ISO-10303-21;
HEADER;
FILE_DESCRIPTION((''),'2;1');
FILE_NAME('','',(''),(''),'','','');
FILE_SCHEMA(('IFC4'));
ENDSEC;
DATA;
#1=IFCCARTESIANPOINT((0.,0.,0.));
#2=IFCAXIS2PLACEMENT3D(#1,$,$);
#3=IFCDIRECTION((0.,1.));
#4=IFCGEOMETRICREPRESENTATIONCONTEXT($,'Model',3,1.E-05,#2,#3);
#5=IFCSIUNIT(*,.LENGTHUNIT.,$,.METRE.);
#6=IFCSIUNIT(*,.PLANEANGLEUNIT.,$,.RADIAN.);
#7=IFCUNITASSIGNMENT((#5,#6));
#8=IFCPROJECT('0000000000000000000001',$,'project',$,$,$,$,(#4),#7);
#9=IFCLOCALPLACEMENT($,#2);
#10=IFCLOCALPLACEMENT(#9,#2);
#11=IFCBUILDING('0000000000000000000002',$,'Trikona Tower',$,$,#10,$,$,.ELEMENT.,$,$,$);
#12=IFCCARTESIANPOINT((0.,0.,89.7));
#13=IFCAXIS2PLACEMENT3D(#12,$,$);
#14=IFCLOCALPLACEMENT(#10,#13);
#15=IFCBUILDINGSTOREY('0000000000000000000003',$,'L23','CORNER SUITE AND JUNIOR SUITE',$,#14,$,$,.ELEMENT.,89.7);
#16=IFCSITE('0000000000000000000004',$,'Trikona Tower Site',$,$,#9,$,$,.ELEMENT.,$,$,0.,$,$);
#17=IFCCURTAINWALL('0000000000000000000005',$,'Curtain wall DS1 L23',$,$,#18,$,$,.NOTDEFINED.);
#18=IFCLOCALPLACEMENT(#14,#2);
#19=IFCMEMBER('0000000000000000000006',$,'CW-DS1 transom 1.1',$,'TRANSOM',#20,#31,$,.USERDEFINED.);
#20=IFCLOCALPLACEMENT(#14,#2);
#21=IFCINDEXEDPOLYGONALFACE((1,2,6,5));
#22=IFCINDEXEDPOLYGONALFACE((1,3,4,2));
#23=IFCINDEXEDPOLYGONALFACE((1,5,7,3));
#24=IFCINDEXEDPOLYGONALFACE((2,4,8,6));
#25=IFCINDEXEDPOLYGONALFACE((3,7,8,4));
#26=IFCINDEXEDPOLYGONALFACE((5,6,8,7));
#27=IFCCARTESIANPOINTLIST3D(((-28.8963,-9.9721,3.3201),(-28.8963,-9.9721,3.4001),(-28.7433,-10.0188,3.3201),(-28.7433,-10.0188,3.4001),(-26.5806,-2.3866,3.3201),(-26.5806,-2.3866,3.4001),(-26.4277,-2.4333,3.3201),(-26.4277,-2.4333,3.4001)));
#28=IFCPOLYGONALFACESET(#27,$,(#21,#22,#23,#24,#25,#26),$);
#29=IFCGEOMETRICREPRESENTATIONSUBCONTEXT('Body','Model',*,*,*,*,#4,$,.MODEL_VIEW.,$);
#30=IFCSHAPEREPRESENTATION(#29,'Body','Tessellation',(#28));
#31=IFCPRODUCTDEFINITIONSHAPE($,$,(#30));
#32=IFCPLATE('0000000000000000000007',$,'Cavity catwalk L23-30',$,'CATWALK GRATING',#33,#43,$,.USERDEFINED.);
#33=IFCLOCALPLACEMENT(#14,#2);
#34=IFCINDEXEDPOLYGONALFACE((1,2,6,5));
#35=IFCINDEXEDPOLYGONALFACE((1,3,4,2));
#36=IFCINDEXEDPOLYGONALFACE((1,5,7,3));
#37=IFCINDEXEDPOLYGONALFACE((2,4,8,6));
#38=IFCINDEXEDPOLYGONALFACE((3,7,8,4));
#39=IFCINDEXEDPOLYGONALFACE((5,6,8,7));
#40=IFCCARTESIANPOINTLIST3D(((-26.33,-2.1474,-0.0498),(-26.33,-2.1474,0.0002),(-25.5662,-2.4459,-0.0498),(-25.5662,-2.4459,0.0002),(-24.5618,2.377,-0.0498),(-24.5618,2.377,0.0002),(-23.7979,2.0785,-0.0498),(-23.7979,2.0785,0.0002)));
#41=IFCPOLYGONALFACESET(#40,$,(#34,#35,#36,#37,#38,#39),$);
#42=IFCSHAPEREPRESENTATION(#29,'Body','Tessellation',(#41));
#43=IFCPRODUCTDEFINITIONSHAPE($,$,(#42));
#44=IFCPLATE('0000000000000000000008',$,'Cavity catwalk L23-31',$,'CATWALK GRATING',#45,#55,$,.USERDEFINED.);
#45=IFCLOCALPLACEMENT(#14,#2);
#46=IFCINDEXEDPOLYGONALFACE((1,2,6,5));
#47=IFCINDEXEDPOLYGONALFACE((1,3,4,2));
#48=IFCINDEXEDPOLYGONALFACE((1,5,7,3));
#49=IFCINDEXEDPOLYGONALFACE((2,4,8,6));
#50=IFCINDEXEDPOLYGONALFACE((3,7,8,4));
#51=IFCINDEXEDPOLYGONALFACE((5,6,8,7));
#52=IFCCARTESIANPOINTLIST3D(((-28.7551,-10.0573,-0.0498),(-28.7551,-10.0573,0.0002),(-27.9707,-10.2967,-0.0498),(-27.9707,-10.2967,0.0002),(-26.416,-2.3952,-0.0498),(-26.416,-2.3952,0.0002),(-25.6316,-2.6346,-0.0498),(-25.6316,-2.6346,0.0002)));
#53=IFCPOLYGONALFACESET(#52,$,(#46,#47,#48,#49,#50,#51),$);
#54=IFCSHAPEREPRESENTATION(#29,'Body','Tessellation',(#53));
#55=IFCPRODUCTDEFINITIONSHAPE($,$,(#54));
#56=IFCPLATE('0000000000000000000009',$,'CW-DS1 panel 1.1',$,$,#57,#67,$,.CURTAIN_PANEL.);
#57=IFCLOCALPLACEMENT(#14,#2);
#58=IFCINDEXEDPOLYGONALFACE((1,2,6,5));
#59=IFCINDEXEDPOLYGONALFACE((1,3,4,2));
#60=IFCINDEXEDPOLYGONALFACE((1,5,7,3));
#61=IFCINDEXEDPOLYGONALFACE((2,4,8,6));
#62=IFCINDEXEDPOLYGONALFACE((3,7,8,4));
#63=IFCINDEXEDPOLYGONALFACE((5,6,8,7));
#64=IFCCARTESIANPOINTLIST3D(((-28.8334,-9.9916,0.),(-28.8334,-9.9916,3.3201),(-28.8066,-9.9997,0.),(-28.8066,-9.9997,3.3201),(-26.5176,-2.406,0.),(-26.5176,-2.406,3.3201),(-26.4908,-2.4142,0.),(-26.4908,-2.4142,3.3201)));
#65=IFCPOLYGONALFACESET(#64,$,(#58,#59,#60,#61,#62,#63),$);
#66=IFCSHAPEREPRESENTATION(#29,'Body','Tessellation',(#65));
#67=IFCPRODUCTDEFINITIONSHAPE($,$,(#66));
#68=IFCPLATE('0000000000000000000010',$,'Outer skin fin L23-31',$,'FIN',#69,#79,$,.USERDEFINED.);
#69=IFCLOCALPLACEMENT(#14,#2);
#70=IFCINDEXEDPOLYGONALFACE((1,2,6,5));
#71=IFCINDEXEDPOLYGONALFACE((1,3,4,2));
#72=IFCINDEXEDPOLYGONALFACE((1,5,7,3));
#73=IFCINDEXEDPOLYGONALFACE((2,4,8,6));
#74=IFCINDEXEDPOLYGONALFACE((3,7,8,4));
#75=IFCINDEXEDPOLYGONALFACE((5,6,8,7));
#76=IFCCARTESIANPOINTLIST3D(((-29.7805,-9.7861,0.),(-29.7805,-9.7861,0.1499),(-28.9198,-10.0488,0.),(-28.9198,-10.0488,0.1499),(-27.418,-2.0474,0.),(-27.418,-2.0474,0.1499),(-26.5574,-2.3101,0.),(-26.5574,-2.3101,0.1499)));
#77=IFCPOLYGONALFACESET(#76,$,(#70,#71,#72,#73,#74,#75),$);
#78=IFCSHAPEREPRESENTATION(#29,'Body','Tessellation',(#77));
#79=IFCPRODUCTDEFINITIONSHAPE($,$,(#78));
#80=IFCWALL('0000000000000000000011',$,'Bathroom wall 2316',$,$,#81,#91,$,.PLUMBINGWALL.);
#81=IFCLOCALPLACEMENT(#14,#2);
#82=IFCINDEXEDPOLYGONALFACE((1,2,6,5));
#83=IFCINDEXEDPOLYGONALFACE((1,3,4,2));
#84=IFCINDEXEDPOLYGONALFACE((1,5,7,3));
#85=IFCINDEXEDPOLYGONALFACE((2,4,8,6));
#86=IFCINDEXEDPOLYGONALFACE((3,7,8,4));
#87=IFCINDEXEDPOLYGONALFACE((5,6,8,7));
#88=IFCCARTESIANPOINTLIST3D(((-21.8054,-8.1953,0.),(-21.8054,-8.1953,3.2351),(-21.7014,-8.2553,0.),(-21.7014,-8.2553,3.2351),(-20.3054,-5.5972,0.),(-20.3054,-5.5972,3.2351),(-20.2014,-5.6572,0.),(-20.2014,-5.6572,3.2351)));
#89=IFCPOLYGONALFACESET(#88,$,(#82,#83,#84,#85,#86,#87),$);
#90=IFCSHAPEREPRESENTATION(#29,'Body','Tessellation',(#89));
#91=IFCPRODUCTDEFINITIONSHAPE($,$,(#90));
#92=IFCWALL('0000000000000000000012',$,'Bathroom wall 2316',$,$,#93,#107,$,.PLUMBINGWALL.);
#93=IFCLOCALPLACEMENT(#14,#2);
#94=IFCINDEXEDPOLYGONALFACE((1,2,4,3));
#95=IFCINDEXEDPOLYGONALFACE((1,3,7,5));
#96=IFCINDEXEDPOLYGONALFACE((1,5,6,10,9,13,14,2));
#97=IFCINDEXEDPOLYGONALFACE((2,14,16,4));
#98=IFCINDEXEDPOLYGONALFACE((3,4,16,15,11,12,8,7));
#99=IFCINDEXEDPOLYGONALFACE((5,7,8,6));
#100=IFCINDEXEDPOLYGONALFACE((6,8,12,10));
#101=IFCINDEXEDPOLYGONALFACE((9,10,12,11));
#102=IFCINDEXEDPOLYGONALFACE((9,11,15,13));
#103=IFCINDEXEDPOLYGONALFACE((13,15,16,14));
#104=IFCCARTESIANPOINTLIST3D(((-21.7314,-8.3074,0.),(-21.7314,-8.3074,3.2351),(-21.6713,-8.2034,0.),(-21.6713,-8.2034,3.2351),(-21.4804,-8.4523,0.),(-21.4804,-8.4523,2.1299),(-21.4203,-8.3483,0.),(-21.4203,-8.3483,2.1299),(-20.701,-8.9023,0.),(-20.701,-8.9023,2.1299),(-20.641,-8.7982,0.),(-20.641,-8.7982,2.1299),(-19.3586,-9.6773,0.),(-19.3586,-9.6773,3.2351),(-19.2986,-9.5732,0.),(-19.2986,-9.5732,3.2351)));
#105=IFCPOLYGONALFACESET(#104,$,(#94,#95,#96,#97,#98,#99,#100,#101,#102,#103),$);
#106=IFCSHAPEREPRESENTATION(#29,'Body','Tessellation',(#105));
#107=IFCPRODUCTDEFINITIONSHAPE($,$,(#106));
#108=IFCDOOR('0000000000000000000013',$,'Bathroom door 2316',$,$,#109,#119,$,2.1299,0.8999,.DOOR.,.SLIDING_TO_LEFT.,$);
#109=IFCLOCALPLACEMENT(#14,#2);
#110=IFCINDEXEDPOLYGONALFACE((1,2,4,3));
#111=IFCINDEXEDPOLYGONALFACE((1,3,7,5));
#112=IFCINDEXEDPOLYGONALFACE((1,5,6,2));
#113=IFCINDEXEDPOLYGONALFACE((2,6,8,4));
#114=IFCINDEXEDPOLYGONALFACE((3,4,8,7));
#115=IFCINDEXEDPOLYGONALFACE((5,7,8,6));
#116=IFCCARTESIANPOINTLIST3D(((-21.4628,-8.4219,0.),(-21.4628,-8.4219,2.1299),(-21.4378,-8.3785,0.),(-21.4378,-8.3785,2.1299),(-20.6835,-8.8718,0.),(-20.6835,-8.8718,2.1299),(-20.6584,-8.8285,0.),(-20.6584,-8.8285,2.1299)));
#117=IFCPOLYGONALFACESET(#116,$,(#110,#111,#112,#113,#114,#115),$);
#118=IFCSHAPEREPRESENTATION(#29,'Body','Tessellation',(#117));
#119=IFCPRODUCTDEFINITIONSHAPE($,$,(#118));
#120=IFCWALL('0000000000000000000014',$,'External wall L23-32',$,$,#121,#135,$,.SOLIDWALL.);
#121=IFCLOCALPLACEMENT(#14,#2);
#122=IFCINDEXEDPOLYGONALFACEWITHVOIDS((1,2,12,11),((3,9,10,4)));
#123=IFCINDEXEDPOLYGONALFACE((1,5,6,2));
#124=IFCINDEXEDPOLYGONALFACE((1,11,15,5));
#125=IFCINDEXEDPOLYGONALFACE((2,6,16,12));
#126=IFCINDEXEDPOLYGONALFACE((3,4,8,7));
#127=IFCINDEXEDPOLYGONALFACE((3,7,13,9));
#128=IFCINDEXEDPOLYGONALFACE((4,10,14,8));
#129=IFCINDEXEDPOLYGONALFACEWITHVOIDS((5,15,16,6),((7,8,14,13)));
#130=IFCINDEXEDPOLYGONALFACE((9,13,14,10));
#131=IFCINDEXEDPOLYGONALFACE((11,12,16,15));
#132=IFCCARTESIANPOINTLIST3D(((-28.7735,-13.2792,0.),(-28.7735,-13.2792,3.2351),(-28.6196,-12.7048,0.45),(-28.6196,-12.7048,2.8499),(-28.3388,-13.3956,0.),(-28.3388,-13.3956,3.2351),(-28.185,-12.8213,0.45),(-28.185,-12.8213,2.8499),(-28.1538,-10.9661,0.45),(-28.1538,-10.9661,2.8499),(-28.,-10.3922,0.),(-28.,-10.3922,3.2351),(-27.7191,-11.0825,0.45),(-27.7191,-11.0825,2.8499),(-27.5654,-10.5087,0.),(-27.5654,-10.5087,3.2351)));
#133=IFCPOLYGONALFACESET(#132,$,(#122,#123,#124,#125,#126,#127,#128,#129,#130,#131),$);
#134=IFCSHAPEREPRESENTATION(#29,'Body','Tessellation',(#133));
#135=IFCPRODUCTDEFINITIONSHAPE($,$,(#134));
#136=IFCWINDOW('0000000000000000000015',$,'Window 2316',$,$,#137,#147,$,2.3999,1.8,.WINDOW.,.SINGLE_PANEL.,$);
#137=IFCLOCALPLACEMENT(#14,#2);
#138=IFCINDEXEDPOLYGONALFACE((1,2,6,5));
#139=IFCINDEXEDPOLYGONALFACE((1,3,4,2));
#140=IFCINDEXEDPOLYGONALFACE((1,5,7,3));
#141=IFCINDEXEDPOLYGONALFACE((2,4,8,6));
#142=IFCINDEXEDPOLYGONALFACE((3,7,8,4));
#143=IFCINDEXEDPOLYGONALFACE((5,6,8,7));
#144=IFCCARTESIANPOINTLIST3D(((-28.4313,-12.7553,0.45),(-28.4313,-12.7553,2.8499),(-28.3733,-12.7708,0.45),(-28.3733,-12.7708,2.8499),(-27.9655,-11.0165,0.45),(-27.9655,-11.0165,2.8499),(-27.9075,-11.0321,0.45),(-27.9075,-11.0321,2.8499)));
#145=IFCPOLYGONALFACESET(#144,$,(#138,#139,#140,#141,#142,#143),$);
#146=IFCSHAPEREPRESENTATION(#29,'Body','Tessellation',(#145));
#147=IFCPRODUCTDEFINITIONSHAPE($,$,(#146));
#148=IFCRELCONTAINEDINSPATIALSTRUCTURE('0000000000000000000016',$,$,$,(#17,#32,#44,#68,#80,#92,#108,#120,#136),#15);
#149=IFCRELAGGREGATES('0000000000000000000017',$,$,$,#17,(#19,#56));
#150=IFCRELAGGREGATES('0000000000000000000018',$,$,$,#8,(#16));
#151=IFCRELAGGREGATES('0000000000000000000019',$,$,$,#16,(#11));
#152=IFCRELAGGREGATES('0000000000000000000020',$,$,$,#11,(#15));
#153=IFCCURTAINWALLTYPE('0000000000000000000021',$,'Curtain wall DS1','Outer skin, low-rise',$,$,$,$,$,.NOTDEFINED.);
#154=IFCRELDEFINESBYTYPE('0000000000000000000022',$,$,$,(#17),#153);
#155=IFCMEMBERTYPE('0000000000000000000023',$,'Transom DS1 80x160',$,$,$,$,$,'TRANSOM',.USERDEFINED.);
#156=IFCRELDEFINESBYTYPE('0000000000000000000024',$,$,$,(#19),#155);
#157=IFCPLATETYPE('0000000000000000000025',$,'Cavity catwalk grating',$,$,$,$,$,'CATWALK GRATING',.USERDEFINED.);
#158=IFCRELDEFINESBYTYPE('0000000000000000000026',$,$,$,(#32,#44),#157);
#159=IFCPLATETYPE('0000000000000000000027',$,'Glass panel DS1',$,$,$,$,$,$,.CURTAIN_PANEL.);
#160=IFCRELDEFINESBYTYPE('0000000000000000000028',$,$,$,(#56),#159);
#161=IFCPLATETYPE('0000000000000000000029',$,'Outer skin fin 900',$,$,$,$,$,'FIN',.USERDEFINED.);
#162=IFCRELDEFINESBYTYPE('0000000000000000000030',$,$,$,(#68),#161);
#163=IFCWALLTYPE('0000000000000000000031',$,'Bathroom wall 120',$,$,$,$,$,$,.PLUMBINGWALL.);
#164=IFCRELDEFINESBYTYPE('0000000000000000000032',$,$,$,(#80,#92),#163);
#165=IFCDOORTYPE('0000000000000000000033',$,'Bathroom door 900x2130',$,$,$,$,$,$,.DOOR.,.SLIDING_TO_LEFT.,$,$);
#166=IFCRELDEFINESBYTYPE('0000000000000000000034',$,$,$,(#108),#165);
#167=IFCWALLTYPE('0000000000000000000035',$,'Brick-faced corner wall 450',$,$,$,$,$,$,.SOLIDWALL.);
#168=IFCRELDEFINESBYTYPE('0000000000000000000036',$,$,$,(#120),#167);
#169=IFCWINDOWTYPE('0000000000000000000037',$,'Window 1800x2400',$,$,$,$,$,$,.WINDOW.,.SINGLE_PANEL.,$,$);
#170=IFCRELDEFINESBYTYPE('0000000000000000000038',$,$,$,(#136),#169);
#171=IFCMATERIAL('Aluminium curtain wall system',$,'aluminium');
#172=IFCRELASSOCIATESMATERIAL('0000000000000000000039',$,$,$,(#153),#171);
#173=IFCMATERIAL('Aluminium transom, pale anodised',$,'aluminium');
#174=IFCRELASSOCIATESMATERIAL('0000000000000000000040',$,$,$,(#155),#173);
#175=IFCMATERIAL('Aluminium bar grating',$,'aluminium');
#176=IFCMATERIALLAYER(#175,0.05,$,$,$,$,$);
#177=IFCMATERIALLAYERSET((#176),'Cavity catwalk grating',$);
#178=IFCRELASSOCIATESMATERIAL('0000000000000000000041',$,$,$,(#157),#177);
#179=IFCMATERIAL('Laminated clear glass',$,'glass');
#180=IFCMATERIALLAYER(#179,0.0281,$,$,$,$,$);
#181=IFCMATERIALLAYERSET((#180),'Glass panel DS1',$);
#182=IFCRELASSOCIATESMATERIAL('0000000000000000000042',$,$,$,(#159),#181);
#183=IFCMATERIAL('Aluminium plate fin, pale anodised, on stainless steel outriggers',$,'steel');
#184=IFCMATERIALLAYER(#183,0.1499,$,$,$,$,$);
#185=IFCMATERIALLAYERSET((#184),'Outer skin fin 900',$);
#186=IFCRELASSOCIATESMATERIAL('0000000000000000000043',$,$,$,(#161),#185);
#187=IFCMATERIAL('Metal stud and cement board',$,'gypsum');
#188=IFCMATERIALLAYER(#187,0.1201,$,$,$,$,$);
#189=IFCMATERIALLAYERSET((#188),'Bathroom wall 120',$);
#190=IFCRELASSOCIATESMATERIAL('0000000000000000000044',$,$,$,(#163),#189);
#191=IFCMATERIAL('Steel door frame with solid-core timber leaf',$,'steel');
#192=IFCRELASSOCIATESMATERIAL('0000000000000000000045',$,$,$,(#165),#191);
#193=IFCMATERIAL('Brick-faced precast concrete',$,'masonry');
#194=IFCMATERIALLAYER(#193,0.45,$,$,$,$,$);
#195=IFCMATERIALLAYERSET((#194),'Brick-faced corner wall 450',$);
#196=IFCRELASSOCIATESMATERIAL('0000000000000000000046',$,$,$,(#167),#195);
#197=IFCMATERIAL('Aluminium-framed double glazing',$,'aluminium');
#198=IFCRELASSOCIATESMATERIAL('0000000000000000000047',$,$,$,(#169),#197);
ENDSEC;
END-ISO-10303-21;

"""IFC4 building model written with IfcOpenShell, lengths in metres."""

from ifc_helpers import new_model, si_unit, direction, frame, frame_2d, origin, origin_2d, place, context, subcontext, project, spatial, rectangle, extrude, material, layer, layer_set, material_profile, profile_set, type_object, element, fill, aggregate, save


model = new_model("IFC4")

# Units and contexts
model_context = context("Model", 3, precision=1e-05, world=origin(), true_north=direction((0.0, 1.0)))
body_context = subcontext(model_context, "Body", "Model", "MODEL_VIEW")
ifc_project = project(units=[si_unit("LENGTHUNIT", "METRE"), si_unit("PLANEANGLEUNIT", "RADIAN")], contexts=[model_context])

# Site, building, storey
site_placement = place(None, origin())
site = spatial("IfcSite", under=ifc_project, at=site_placement, Name="Trikona Tower Site", CompositionType="ELEMENT", RefElevation=0.0)
building_placement = place(site_placement, origin())
building = spatial("IfcBuilding", under=site, at=building_placement, Name="Trikona Tower", CompositionType="ELEMENT")
storey_placement = place(building_placement, frame((0.0, 0.0, 89.7)))
storey = spatial("IfcBuildingStorey", under=building, at=storey_placement, Name="L23", Description="CORNER SUITE AND JUNIOR SUITE", CompositionType="ELEMENT", Elevation=89.7)

# Shared definitions
ifc_material_1 = material(Name="Aluminium curtain wall system", Category="aluminium")
curtain_wall_type = type_object("IfcCurtainWallType", Name="Curtain wall DS1", Description="Outer skin, low-rise", PredefinedType="NOTDEFINED", material=ifc_material_1)

# Curtain wall
curtain_wall_1_placement = place(storey_placement, origin())
curtain_wall_1 = element("IfcCurtainWall", 1, at=curtain_wall_1_placement, inside=storey, type_object=curtain_wall_type, Name="Curtain wall DS1 L23", PredefinedType="NOTDEFINED")

# Member
ifc_material_2 = material(Name="Aluminium transom, pale anodised", Category="aluminium")
ifc_material_profile_1 = material_profile(ifc_material_2, rectangle(XDim=0.1599, YDim=0.0801, at=origin_2d()), Name="TRN-DS1")
ifc_profile_set_1 = profile_set([ifc_material_profile_1], Name="Aluminium transom, pale anodised")
member_type_1 = type_object("IfcMemberType", Name="Transom DS1 80x160", ElementType="TRANSOM", PredefinedType="USERDEFINED", material=ifc_profile_set_1)
member_1_placement = place(storey_placement, frame((-26.5042, -2.4099, 3.3601), z_axis=(-0.291967, -0.956428, 0.0), x_axis=(0.956428, -0.291967, 0.0)))
member_1 = element("IfcMember", 2, at=member_1_placement, type_object=member_type_1, Name="CW-DS1 transom 1.1", ObjectType="TRANSOM", PredefinedType="USERDEFINED", context=body_context, shape_type="SweptSolid", body=[
    extrude(rectangle(XDim=0.1599, YDim=0.0801, at=origin_2d()), origin(), (0.0, 0.0, 1.0), 7.9312),
])

# Plates
ifc_material_3 = material(Name="Aluminium bar grating", Category="aluminium")
ifc_layer_1 = layer(ifc_material_3, 0.05)
ifc_layer_set_1 = layer_set([ifc_layer_1], Name="Cavity catwalk grating")
plate_type_1 = type_object("IfcPlateType", Name="Cavity catwalk grating", ElementType="CATWALK GRATING", PredefinedType="USERDEFINED", material=ifc_layer_set_1)
plate_1_placement = place(storey_placement, frame((-25.064, -0.0344, -0.0498), z_axis=(0.0, 0.0, 1.0), x_axis=(-0.364009, -0.931395, 0.0)))
element("IfcPlate", 3, at=plate_1_placement, inside=storey, type_object=plate_type_1, Name="Cavity catwalk L23-30", ObjectType="CATWALK GRATING", PredefinedType="USERDEFINED", context=body_context, shape_type="SweptSolid", body=[
    extrude(rectangle(XDim=4.8577, YDim=0.8201, at=origin_2d()), origin(), (0.0, 0.0, 1.0), 0.05),
])
plate_2_placement = place(storey_placement, frame((-27.1934, -6.3459, -0.0498), z_axis=(0.0, 0.0, 1.0), x_axis=(-0.291979, -0.956425, 0.0)))
element("IfcPlate", 4, at=plate_2_placement, inside=storey, type_object=plate_type_1, Name="Cavity catwalk L23-31", ObjectType="CATWALK GRATING", PredefinedType="USERDEFINED", context=body_context, shape_type="SweptSolid", body=[
    extrude(rectangle(XDim=8.0112, YDim=0.8201, at=origin_2d()), origin(), (0.0, 0.0, 1.0), 0.05),
])

# Plates
ifc_material_4 = material(Name="Laminated clear glass", Category="glass")
ifc_layer_2 = layer(ifc_material_4, 0.0281)
ifc_layer_set_2 = layer_set([ifc_layer_2], Name="Glass panel DS1")
plate_type_2 = type_object("IfcPlateType", Name="Glass panel DS1", PredefinedType="CURTAIN_PANEL", material=ifc_layer_set_2)
plate_3_placement = place(storey_placement, frame((-27.6621, -6.2029, 0.0), z_axis=(0.0, 0.0, 1.0), x_axis=(-0.291984, -0.956423, 0.0)))
plate_3 = element("IfcPlate", 5, at=plate_3_placement, type_object=plate_type_2, Name="CW-DS1 panel 1.1", PredefinedType="CURTAIN_PANEL", context=body_context, shape_type="SweptSolid", body=[
    extrude(rectangle(XDim=7.9312, YDim=0.0281, at=origin_2d()), origin(), (0.0, 0.0, 1.0), 3.3201),
])
aggregate(curtain_wall_1, [member_1, plate_3])
ifc_material_5 = material(Name="Aluminium plate fin, pale anodised, on stainless steel outriggers", Category="steel")
ifc_layer_3 = layer(ifc_material_5, 0.1499)
ifc_layer_set_3 = layer_set([ifc_layer_3], Name="Outer skin fin 900")
plate_type_3 = type_object("IfcPlateType", Name="Outer skin fin 900", ElementType="FIN", PredefinedType="USERDEFINED", material=ifc_layer_set_3)
plate_4_placement = place(storey_placement, frame((-28.1689, -6.0481, 0.0), z_axis=(0.0, 0.0, 1.0), x_axis=(-0.291979, -0.956425, 0.0)))
element("IfcPlate", 6, at=plate_4_placement, inside=storey, type_object=plate_type_3, Name="Outer skin fin L23-31", ObjectType="FIN", PredefinedType="USERDEFINED", context=body_context, shape_type="SweptSolid", body=[
    extrude(rectangle(XDim=8.0913, YDim=0.8999, at=origin_2d()), origin(), (0.0, 0.0, 1.0), 0.1499),
])

# Wall
ifc_material_6 = material(Name="Metal stud and cement board", Category="gypsum")
ifc_layer_4 = layer(ifc_material_6, 0.1201)
ifc_layer_set_4 = layer_set([ifc_layer_4], Name="Bathroom wall 120")
wall_type_1 = type_object("IfcWallType", Name="Bathroom wall 120", PredefinedType="PLUMBINGWALL", material=ifc_layer_set_4)
wall_1_placement = place(storey_placement, frame((-20.2534, -5.6272, 0.0), z_axis=(0.0, 0.0, 1.0), x_axis=(-0.49999, -0.866031, 0.0)))
element("IfcWall", 7, at=wall_1_placement, inside=storey, type_object=wall_type_1, Name="Bathroom wall 2316", PredefinedType="PLUMBINGWALL", context=body_context, shape_type="SweptSolid", body=[
    extrude(rectangle(XDim=3.0, YDim=0.1201, at=frame_2d((1.5, 0.0))), origin(), (0.0, 0.0, 1.0), 3.2351),
])

# Wall, opening, door
wall_2_placement = place(storey_placement, frame((-19.3286, -9.6252, 0.0), z_axis=(0.0, 0.0, 1.0), x_axis=(-0.866036, 0.499982, 0.0)))
wall_2 = element("IfcWall", 8, at=wall_2_placement, inside=storey, type_object=wall_type_1, Name="Bathroom wall 2316", PredefinedType="PLUMBINGWALL", context=body_context, shape_type="SweptSolid", body=[
    extrude(rectangle(XDim=2.7397, YDim=0.1201, at=frame_2d((1.3699, 0.0))), origin(), (0.0, 0.0, 1.0), 3.2351),
])
opening_1_placement = place(wall_2_placement, frame((1.55, 0.0, 0.0)))
opening_1 = element("IfcOpeningElement", 9, at=opening_1_placement, cuts=wall_2, PredefinedType="OPENING", context=body_context, shape_type="SweptSolid", body=[
    extrude(rectangle(XDim=0.8999, YDim=2.1299, at=frame_2d((0.45, 1.0649))), frame((0.0, 0.0701, 0.0), z_axis=(0.0, -1.0, 0.0), x_axis=(1.0, 0.0, 0.0)), (0.0, 0.0, 1.0), 0.1401),
])
ifc_material_7 = material(Name="Steel door frame with solid-core timber leaf", Category="steel")
door_type_1 = type_object("IfcDoorType", Name="Bathroom door 900x2130", OperationType="SLIDING_TO_LEFT", PredefinedType="DOOR", material=ifc_material_7)
door_1_placement = place(opening_1_placement, origin())
door_1 = element("IfcDoor", 10, at=door_1_placement, inside=storey, type_object=door_type_1, Name="Bathroom door 2316", OperationType="SLIDING_TO_LEFT", OverallHeight=2.1299, OverallWidth=0.8999, PredefinedType="DOOR", context=body_context, shape_type="SweptSolid", body=[
    extrude(rectangle(XDim=0.8999, YDim=2.1299, at=frame_2d((0.45, 1.0649))), frame((0.0, 0.0249, 0.0), z_axis=(0.0, -1.0, 0.0), x_axis=(1.0, 0.0, 0.0)), (0.0, 0.0, 1.0), 0.05),
])
fill(opening_1, door_1)

# Wall, opening, window
ifc_material_8 = material(Name="Brick-faced precast concrete", Category="masonry")
ifc_layer_5 = layer(ifc_material_8, 0.45)
ifc_layer_set_5 = layer_set([ifc_layer_5], Name="Brick-faced corner wall 450")
wall_type_2 = type_object("IfcWallType", Name="Brick-faced corner wall 450", PredefinedType="SOLIDWALL", material=ifc_layer_set_5)
wall_3_placement = place(storey_placement, frame((-27.7827, -10.4504, 0.0), z_axis=(0.0, 0.0, 1.0), x_axis=(-0.258781, -0.965936, 0.0)))
wall_3 = element("IfcWall", 11, at=wall_3_placement, inside=storey, type_object=wall_type_2, Name="External wall L23-32", PredefinedType="SOLIDWALL", context=body_context, shape_type="SweptSolid", body=[
    extrude(rectangle(XDim=2.9888, YDim=0.45, at=frame_2d((1.4944, 0.0))), origin(), (0.0, 0.0, 1.0), 3.2351),
])
opening_2_placement = place(wall_3_placement, frame((0.5942, 0.0, 0.45)))
opening_2 = element("IfcOpeningElement", 12, at=opening_2_placement, cuts=wall_3, PredefinedType="OPENING", context=body_context, shape_type="SweptSolid", body=[
    extrude(rectangle(XDim=1.8, YDim=2.3999, at=frame_2d((0.8999, 1.2))), frame((0.0, 0.2349, 0.0), z_axis=(0.0, -1.0, 0.0), x_axis=(1.0, 0.0, 0.0)), (0.0, 0.0, 1.0), 0.47),
])
ifc_material_9 = material(Name="Aluminium-framed double glazing", Category="aluminium")
window_type_1 = type_object("IfcWindowType", Name="Window 1800x2400", PartitioningType="SINGLE_PANEL", PredefinedType="WINDOW", material=ifc_material_9)
window_1_placement = place(opening_2_placement, origin())
window_1 = element("IfcWindow", 13, at=window_1_placement, inside=storey, type_object=window_type_1, Name="Window 2316", OverallHeight=2.3999, OverallWidth=1.8, PartitioningType="SINGLE_PANEL", PredefinedType="WINDOW", context=body_context, shape_type="SweptSolid", body=[
    extrude(rectangle(XDim=1.8, YDim=2.3999, at=frame_2d((0.8999, 1.2))), frame((0.0, 0.03, 0.0), z_axis=(0.0, -1.0, 0.0), x_axis=(1.0, 0.0, 0.0)), (0.0, 0.0, 1.0), 0.0601),
])
fill(opening_2, window_1)

save(model, "model.ifc")
